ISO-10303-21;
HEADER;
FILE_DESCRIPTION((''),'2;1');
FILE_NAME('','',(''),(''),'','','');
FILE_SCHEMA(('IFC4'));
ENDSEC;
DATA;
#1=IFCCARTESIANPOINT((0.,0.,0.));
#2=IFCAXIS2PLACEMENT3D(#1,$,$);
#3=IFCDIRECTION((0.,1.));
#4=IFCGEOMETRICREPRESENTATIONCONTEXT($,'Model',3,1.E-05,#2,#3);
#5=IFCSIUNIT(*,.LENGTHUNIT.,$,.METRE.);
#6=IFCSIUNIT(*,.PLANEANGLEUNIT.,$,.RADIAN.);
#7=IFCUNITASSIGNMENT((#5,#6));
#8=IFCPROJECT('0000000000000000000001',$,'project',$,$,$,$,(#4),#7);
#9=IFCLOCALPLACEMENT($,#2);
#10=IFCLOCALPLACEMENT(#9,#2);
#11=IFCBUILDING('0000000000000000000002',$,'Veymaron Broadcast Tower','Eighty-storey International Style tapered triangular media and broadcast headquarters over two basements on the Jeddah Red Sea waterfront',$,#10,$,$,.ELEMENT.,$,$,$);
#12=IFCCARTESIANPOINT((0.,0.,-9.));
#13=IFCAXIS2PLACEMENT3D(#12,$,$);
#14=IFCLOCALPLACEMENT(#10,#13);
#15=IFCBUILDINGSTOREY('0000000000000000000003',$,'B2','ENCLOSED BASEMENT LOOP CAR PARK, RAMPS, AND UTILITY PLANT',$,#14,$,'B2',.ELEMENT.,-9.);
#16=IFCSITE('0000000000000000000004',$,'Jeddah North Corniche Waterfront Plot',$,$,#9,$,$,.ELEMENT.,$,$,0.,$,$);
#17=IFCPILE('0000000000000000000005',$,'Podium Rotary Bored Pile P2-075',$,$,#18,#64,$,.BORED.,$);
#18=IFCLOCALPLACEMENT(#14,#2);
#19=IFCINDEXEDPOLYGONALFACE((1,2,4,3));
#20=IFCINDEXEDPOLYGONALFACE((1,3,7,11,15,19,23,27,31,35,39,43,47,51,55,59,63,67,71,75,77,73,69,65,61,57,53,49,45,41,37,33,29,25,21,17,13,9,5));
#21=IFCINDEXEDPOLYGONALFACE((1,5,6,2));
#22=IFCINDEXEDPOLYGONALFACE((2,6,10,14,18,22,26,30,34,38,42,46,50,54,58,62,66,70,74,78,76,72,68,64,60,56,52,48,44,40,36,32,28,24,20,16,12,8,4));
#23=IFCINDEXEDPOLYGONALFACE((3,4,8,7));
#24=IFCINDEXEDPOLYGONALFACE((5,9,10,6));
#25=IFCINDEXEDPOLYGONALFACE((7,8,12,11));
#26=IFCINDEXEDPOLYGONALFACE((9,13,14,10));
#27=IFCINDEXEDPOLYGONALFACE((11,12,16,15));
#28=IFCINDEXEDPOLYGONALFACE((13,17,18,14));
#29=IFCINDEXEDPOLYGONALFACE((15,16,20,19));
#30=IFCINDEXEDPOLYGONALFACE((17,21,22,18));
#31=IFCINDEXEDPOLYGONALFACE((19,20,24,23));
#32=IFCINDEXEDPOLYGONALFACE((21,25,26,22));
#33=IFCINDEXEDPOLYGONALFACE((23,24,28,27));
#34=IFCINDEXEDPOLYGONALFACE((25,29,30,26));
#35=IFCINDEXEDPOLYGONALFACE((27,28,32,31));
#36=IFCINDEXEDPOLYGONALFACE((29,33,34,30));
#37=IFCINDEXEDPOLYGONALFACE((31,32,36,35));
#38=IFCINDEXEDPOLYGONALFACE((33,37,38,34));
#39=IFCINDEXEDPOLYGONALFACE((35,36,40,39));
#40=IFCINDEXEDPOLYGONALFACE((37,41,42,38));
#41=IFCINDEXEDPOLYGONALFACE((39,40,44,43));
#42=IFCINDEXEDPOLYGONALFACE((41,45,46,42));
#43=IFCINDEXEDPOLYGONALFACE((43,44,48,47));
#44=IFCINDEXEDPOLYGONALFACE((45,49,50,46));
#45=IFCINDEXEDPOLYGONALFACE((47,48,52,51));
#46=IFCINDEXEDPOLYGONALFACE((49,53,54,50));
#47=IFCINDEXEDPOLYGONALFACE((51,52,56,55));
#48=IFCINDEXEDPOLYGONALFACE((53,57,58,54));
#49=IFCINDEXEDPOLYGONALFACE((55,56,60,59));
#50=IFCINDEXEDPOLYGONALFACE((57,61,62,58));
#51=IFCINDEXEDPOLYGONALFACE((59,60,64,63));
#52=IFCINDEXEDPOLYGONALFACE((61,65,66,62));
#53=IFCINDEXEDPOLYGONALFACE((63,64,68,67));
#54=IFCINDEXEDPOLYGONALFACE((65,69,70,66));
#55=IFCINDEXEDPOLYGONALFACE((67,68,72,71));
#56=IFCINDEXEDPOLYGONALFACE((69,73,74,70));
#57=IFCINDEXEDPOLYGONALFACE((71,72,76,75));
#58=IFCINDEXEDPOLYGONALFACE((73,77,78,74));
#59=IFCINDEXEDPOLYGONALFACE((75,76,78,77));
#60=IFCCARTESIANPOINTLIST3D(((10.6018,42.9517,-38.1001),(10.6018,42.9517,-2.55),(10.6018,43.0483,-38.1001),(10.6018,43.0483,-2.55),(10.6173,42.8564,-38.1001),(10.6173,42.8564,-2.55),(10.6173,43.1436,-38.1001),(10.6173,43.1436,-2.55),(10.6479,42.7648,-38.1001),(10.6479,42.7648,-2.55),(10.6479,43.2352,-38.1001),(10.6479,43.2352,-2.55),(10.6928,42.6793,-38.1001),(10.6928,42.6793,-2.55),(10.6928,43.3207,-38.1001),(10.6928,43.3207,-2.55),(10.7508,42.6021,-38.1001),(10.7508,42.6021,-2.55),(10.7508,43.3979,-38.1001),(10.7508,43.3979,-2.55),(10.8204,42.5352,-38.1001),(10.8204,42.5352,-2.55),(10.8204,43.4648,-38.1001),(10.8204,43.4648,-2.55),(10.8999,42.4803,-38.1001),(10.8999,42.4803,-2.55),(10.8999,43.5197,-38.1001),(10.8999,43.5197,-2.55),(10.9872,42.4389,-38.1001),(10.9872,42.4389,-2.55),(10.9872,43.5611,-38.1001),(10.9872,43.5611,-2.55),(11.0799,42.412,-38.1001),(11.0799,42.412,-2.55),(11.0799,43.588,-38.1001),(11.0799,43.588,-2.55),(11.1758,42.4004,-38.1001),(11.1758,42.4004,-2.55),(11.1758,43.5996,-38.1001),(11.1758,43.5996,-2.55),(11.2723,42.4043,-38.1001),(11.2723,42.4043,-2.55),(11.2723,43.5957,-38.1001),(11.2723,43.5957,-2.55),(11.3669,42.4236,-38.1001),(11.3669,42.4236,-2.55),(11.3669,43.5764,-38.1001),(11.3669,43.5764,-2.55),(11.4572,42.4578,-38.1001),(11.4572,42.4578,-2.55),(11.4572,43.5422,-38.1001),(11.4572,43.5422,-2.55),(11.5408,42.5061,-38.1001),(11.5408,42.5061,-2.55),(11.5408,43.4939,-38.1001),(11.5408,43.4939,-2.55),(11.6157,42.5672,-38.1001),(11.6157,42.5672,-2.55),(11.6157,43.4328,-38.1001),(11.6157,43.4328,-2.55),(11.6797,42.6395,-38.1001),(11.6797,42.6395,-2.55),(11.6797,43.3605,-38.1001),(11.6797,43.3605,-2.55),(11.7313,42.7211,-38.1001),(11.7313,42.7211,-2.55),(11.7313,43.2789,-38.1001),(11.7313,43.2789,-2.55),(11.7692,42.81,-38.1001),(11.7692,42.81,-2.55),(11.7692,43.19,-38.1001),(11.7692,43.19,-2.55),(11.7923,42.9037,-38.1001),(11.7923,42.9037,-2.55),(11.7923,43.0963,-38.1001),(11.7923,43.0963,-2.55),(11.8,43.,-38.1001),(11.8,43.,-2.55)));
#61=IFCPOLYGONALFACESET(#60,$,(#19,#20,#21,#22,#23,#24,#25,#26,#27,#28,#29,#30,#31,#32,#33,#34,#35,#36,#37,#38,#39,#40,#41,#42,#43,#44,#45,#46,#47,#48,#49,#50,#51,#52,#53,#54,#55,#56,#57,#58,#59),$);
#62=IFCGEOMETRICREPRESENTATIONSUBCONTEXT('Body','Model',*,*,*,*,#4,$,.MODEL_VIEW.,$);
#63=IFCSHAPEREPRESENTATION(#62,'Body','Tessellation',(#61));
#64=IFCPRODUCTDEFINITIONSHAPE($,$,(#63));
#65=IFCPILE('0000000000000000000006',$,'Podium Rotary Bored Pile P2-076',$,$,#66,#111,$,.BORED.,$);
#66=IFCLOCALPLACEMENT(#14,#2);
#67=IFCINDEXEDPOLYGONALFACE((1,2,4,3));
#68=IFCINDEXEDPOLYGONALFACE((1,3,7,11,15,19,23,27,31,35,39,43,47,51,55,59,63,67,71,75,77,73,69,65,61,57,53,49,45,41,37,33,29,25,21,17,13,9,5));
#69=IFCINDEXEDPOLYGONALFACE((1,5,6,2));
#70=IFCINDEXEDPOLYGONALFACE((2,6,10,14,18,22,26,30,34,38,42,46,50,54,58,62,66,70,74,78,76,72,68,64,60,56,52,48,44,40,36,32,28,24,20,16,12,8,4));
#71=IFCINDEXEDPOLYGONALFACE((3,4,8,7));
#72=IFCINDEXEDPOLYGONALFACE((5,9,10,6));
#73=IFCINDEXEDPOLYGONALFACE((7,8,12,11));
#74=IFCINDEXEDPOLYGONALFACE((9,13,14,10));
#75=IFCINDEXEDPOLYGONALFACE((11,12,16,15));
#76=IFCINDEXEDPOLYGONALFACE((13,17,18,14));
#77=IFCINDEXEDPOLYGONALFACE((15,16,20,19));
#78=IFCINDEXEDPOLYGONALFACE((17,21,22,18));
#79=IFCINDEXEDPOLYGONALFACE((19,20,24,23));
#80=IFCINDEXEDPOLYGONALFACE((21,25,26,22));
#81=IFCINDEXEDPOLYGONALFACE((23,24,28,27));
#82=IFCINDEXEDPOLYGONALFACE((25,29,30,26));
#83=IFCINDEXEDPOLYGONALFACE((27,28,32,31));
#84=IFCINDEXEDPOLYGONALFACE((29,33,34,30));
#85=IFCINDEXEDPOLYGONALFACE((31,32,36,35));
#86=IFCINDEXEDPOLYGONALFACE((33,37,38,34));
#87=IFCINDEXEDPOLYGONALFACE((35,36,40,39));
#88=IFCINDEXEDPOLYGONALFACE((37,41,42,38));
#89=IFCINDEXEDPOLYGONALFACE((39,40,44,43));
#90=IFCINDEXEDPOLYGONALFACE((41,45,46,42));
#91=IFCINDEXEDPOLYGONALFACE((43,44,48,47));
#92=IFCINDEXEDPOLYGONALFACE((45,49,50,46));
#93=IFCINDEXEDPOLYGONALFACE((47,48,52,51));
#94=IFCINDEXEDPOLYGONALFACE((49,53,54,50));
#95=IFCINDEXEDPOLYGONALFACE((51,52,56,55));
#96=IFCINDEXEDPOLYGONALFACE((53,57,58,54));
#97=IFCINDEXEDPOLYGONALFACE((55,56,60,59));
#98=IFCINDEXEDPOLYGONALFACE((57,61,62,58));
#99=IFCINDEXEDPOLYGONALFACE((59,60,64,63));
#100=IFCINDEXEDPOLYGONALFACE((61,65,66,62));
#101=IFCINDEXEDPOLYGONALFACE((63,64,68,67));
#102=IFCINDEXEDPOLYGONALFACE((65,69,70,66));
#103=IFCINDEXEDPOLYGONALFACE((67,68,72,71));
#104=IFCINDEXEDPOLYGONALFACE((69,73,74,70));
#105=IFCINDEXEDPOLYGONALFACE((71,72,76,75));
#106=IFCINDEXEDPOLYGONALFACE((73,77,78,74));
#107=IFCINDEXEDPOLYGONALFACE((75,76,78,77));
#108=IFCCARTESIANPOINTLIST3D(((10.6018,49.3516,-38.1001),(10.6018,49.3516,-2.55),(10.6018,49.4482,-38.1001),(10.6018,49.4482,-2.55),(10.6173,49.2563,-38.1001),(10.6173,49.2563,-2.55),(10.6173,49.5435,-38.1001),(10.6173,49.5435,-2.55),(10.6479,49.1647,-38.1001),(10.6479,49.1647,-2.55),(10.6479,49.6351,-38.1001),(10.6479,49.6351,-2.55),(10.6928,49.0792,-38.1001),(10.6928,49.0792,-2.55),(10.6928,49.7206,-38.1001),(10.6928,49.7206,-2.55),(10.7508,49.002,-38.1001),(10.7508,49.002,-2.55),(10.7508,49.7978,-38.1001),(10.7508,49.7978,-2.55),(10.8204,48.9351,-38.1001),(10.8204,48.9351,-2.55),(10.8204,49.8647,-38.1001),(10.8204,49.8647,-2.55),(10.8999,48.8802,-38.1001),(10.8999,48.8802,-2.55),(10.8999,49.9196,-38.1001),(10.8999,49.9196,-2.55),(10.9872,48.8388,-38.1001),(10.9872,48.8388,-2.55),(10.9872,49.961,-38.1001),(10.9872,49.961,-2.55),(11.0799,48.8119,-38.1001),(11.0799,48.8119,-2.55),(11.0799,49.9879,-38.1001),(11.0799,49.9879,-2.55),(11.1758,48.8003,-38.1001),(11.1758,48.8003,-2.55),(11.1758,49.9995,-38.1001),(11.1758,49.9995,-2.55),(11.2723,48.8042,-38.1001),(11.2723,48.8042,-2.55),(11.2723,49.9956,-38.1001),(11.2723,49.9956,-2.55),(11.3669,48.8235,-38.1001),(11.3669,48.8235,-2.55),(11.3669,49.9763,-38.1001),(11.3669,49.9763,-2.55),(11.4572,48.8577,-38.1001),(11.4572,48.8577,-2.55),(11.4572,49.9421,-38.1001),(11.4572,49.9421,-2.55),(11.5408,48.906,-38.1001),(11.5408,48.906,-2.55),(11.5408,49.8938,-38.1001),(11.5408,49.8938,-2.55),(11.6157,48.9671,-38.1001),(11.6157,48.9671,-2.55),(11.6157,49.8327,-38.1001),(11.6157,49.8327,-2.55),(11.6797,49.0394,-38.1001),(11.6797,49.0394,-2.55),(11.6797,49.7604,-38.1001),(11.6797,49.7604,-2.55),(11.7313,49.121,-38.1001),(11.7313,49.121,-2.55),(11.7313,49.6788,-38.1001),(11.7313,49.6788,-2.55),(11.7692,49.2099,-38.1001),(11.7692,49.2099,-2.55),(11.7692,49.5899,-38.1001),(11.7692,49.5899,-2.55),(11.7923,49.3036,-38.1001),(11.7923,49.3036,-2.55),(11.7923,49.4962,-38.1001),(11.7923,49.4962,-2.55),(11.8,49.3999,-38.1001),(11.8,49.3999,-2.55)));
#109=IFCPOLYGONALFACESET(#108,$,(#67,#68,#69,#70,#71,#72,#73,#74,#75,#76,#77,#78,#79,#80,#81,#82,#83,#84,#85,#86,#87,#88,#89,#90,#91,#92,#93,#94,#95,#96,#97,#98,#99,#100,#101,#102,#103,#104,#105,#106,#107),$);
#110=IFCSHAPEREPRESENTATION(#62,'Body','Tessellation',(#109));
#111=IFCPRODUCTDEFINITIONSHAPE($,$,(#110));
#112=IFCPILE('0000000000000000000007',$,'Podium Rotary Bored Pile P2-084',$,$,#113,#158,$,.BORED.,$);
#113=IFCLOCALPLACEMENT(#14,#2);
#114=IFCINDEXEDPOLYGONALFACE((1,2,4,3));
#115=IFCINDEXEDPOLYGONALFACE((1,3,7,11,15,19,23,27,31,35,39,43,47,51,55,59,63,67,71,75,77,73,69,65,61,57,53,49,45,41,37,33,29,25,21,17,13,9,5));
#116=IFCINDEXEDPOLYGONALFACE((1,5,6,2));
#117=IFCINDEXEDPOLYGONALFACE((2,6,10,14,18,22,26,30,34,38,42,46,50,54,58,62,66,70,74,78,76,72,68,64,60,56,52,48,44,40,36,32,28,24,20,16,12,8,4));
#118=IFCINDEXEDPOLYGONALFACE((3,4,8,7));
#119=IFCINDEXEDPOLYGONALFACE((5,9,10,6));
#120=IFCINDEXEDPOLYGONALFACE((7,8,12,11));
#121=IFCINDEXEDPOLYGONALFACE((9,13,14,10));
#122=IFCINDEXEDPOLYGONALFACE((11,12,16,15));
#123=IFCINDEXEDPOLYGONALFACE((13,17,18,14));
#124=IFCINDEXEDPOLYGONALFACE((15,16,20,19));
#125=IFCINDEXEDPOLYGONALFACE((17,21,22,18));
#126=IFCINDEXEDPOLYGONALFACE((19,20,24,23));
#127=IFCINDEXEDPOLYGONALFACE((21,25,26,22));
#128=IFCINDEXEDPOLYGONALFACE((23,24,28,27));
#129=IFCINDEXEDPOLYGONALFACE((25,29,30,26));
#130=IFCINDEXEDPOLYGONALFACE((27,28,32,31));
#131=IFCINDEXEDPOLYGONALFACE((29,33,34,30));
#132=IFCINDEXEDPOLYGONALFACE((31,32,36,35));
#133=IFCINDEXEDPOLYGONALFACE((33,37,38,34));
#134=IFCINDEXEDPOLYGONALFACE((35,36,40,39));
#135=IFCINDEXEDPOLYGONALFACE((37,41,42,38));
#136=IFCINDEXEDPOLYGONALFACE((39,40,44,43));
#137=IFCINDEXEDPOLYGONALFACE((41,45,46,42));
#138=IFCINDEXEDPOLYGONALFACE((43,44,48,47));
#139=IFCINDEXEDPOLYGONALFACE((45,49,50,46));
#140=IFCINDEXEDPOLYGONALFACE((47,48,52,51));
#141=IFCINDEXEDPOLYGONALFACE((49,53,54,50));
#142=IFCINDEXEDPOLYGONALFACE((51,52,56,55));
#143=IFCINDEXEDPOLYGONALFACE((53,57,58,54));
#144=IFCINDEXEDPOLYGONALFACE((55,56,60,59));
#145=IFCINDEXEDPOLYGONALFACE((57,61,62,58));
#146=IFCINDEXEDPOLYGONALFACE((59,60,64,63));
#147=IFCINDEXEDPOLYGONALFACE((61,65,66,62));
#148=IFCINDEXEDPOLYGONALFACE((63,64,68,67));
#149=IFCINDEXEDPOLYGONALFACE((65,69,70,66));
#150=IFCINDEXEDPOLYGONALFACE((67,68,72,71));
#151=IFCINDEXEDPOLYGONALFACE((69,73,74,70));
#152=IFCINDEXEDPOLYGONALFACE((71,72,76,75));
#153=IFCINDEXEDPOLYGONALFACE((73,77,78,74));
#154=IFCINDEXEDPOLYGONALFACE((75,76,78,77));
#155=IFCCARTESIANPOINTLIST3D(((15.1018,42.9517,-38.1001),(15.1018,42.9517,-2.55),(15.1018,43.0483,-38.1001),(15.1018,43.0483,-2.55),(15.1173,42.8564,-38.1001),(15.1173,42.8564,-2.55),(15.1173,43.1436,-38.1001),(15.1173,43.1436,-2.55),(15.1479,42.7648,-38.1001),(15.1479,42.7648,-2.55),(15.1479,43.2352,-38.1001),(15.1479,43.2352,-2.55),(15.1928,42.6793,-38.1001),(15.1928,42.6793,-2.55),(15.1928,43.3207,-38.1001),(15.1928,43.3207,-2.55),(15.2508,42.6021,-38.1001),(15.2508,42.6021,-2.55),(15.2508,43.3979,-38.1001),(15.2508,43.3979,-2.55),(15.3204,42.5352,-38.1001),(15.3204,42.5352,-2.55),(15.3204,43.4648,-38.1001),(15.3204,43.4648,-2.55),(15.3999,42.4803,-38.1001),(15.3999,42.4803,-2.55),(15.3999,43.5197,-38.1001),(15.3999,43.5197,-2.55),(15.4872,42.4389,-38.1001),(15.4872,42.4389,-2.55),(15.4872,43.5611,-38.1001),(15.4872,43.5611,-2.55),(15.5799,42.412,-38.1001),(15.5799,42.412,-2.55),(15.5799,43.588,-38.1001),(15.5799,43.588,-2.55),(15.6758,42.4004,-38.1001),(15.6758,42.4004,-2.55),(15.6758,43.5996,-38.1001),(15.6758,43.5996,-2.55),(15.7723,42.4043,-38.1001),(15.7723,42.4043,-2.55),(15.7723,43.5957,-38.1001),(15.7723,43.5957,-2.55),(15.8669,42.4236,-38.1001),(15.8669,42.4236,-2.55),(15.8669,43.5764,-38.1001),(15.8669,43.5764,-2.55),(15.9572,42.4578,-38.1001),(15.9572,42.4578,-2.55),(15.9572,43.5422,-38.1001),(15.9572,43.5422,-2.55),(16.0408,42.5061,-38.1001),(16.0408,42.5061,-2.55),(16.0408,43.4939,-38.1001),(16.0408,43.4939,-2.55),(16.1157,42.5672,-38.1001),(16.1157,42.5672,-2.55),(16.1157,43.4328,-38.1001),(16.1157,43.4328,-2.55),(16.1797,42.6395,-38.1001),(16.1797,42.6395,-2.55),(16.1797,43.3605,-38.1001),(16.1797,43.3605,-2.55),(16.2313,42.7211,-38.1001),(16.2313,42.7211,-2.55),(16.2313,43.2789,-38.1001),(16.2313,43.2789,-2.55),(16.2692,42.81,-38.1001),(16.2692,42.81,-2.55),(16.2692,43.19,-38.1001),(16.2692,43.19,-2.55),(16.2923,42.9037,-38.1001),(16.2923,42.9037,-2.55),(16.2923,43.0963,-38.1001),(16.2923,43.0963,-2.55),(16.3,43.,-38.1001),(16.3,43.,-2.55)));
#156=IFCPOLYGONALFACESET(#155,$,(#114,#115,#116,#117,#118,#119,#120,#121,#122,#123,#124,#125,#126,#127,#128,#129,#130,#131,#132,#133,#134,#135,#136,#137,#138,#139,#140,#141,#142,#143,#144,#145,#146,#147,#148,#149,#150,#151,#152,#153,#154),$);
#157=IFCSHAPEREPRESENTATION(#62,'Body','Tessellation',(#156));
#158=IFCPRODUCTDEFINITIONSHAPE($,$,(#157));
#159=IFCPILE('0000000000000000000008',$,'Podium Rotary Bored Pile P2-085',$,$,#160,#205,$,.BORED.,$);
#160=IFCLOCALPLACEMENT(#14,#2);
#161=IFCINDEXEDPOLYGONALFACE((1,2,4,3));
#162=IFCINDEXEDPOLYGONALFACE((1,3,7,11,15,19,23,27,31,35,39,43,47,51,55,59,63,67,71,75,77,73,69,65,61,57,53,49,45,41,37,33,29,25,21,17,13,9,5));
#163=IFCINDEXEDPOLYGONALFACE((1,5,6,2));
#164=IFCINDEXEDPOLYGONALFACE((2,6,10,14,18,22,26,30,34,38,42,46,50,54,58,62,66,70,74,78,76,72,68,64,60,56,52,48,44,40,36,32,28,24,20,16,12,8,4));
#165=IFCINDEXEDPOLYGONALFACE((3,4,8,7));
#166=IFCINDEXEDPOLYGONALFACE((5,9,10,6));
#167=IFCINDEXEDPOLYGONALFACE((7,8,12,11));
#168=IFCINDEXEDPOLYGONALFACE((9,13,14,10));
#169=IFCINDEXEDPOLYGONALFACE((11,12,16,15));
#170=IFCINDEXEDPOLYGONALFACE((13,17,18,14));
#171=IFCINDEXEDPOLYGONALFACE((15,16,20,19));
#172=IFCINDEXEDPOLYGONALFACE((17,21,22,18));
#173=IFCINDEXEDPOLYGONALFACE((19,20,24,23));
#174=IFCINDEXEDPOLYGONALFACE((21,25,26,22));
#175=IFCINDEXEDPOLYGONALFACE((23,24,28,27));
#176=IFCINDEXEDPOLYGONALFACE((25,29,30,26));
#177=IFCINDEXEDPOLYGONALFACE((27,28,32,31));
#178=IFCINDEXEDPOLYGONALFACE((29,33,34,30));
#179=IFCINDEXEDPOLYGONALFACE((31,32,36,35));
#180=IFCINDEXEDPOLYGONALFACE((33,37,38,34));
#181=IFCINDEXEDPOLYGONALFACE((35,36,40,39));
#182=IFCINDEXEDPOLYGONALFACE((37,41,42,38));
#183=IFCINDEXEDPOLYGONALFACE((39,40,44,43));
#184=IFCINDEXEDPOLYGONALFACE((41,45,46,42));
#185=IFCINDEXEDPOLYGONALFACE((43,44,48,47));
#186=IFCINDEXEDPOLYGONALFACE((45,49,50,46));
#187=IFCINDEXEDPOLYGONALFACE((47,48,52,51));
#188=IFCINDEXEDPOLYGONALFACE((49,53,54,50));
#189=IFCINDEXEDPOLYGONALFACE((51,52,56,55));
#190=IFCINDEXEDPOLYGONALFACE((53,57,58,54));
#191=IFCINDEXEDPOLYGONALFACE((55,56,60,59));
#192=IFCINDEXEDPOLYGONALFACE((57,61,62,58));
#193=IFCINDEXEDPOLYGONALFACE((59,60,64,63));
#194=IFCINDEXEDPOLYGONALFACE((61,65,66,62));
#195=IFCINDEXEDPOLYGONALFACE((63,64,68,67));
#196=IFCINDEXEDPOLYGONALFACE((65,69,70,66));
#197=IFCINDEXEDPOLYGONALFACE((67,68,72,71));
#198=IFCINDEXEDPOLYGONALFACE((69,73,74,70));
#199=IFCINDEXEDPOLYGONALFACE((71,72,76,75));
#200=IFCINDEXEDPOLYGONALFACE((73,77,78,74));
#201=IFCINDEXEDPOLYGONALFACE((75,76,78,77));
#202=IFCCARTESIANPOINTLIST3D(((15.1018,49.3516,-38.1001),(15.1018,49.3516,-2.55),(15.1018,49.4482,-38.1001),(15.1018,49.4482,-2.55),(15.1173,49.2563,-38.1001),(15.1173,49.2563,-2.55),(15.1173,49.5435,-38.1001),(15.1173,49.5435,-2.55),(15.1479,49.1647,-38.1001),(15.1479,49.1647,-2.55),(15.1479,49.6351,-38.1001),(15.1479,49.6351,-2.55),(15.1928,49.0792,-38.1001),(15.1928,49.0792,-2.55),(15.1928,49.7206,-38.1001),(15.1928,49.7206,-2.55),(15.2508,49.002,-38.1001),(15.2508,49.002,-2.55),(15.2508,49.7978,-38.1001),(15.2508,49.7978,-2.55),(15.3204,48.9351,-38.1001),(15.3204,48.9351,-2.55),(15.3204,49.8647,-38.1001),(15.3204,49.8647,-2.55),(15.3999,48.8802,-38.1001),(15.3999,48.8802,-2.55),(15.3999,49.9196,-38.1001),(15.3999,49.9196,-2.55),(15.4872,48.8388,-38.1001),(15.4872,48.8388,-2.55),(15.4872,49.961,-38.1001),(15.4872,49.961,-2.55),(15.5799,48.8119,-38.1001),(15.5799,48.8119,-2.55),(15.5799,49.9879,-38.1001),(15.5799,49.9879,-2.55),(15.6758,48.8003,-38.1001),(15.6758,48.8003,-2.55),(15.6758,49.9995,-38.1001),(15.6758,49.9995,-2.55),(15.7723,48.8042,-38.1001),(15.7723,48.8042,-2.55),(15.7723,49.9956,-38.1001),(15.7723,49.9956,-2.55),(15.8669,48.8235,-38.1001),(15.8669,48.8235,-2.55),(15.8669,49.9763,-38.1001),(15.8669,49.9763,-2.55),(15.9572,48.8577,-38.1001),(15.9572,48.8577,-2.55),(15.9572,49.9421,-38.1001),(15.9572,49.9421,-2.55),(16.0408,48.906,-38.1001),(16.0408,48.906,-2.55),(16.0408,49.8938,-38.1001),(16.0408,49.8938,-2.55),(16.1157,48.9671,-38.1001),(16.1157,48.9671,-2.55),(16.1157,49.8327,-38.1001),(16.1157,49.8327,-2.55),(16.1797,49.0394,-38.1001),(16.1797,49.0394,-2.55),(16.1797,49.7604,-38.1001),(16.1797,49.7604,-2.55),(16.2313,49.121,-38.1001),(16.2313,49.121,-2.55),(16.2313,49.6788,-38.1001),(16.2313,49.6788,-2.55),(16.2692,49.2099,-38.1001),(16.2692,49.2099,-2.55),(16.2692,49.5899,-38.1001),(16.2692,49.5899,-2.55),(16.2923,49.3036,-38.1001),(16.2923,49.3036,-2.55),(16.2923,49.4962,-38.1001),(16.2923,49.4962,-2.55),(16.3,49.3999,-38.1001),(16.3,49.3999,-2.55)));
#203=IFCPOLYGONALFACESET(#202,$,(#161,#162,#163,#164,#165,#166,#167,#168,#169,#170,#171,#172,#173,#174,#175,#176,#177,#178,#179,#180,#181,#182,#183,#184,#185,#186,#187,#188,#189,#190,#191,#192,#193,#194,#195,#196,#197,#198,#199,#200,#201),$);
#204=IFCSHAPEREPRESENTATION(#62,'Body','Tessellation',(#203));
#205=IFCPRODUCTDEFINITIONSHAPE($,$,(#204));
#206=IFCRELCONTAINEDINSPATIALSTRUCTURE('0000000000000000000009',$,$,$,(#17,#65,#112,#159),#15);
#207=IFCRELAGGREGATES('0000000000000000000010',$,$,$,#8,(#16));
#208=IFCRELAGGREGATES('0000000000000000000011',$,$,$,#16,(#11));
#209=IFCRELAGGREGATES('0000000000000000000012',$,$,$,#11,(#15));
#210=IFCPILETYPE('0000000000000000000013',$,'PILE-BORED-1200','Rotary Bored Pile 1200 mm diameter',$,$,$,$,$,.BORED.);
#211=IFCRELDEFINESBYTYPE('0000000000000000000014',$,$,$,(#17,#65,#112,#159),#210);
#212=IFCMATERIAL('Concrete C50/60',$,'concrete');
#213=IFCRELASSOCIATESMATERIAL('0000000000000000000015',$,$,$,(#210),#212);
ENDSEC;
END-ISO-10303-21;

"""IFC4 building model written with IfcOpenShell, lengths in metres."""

from ifc_helpers import new_model, si_unit, direction, frame, origin, origin_2d, place, context, subcontext, project, spatial, circle, extrude, material, material_profile, profile_set, type_object, element, save


model = new_model("IFC4")

# Units and contexts
model_context = context("Model", 3, precision=1e-05, world=origin(), true_north=direction((0.0, 1.0)))
body_context = subcontext(model_context, "Body", "Model", "MODEL_VIEW")
ifc_project = project(units=[si_unit("LENGTHUNIT", "METRE"), si_unit("PLANEANGLEUNIT", "RADIAN")], contexts=[model_context])

# Site, building, storey
site_placement = place(None, origin())
site = spatial("IfcSite", under=ifc_project, at=site_placement, Name="Jeddah North Corniche Waterfront Plot", CompositionType="ELEMENT", RefElevation=0.0)
building_placement = place(site_placement, origin())
building = spatial("IfcBuilding", under=site, at=building_placement, Name="Veymaron Broadcast Tower", Description="Eighty-storey International Style tapered triangular media and broadcast headquarters over two basements on the Jeddah Red Sea waterfront", CompositionType="ELEMENT")
storey_placement = place(building_placement, frame((0.0, 0.0, -9.0)))
storey = spatial("IfcBuildingStorey", under=building, at=storey_placement, Name="B2", Description="ENCLOSED BASEMENT LOOP CAR PARK, RAMPS, AND UTILITY PLANT", LongName="B2", CompositionType="ELEMENT", Elevation=-9.0)

# Piles
ifc_material_1 = material(Name="Concrete C50/60", Category="concrete")
ifc_material_profile_1 = material_profile(ifc_material_1, circle(Radius=0.6001, at=origin_2d()), Name="PILE1200")
ifc_profile_set_1 = profile_set([ifc_material_profile_1], Name="Concrete C50/60")
pile_type_1 = type_object("IfcPileType", Name="PILE-BORED-1200", Description="Rotary Bored Pile 1200 mm diameter", PredefinedType="BORED", material=ifc_profile_set_1)
for number, where, z_axis, x_axis, name in (
    (1, (11.2, 43.0, -2.55), (0.0, 0.0, -1.0), (1.0, 0.0, 0.0), "Podium Rotary Bored Pile P2-075"),
    (2, (11.2, 49.3999, -2.55), (0.0, 0.0, -1.0), (1.0, 0.0, 0.0), "Podium Rotary Bored Pile P2-076"),
    (3, (15.7, 43.0, -2.55), (0.0, 0.0, -1.0), (1.0, 0.0, 0.0), "Podium Rotary Bored Pile P2-084"),
    (4, (15.7, 49.3999, -2.55), (0.0, 0.0, -1.0), (1.0, 0.0, 0.0), "Podium Rotary Bored Pile P2-085"),
):
    element("IfcPile", number, at=place(storey_placement, frame(where, z_axis=z_axis, x_axis=x_axis)), inside=storey, type_object=pile_type_1, Name=name, PredefinedType="BORED", context=body_context, shape_type="SweptSolid", body=[
        extrude(circle(Radius=0.6001, at=origin_2d()), origin(), (0.0, 0.0, 1.0), 35.55),
    ])

save(model, "model.ifc")
